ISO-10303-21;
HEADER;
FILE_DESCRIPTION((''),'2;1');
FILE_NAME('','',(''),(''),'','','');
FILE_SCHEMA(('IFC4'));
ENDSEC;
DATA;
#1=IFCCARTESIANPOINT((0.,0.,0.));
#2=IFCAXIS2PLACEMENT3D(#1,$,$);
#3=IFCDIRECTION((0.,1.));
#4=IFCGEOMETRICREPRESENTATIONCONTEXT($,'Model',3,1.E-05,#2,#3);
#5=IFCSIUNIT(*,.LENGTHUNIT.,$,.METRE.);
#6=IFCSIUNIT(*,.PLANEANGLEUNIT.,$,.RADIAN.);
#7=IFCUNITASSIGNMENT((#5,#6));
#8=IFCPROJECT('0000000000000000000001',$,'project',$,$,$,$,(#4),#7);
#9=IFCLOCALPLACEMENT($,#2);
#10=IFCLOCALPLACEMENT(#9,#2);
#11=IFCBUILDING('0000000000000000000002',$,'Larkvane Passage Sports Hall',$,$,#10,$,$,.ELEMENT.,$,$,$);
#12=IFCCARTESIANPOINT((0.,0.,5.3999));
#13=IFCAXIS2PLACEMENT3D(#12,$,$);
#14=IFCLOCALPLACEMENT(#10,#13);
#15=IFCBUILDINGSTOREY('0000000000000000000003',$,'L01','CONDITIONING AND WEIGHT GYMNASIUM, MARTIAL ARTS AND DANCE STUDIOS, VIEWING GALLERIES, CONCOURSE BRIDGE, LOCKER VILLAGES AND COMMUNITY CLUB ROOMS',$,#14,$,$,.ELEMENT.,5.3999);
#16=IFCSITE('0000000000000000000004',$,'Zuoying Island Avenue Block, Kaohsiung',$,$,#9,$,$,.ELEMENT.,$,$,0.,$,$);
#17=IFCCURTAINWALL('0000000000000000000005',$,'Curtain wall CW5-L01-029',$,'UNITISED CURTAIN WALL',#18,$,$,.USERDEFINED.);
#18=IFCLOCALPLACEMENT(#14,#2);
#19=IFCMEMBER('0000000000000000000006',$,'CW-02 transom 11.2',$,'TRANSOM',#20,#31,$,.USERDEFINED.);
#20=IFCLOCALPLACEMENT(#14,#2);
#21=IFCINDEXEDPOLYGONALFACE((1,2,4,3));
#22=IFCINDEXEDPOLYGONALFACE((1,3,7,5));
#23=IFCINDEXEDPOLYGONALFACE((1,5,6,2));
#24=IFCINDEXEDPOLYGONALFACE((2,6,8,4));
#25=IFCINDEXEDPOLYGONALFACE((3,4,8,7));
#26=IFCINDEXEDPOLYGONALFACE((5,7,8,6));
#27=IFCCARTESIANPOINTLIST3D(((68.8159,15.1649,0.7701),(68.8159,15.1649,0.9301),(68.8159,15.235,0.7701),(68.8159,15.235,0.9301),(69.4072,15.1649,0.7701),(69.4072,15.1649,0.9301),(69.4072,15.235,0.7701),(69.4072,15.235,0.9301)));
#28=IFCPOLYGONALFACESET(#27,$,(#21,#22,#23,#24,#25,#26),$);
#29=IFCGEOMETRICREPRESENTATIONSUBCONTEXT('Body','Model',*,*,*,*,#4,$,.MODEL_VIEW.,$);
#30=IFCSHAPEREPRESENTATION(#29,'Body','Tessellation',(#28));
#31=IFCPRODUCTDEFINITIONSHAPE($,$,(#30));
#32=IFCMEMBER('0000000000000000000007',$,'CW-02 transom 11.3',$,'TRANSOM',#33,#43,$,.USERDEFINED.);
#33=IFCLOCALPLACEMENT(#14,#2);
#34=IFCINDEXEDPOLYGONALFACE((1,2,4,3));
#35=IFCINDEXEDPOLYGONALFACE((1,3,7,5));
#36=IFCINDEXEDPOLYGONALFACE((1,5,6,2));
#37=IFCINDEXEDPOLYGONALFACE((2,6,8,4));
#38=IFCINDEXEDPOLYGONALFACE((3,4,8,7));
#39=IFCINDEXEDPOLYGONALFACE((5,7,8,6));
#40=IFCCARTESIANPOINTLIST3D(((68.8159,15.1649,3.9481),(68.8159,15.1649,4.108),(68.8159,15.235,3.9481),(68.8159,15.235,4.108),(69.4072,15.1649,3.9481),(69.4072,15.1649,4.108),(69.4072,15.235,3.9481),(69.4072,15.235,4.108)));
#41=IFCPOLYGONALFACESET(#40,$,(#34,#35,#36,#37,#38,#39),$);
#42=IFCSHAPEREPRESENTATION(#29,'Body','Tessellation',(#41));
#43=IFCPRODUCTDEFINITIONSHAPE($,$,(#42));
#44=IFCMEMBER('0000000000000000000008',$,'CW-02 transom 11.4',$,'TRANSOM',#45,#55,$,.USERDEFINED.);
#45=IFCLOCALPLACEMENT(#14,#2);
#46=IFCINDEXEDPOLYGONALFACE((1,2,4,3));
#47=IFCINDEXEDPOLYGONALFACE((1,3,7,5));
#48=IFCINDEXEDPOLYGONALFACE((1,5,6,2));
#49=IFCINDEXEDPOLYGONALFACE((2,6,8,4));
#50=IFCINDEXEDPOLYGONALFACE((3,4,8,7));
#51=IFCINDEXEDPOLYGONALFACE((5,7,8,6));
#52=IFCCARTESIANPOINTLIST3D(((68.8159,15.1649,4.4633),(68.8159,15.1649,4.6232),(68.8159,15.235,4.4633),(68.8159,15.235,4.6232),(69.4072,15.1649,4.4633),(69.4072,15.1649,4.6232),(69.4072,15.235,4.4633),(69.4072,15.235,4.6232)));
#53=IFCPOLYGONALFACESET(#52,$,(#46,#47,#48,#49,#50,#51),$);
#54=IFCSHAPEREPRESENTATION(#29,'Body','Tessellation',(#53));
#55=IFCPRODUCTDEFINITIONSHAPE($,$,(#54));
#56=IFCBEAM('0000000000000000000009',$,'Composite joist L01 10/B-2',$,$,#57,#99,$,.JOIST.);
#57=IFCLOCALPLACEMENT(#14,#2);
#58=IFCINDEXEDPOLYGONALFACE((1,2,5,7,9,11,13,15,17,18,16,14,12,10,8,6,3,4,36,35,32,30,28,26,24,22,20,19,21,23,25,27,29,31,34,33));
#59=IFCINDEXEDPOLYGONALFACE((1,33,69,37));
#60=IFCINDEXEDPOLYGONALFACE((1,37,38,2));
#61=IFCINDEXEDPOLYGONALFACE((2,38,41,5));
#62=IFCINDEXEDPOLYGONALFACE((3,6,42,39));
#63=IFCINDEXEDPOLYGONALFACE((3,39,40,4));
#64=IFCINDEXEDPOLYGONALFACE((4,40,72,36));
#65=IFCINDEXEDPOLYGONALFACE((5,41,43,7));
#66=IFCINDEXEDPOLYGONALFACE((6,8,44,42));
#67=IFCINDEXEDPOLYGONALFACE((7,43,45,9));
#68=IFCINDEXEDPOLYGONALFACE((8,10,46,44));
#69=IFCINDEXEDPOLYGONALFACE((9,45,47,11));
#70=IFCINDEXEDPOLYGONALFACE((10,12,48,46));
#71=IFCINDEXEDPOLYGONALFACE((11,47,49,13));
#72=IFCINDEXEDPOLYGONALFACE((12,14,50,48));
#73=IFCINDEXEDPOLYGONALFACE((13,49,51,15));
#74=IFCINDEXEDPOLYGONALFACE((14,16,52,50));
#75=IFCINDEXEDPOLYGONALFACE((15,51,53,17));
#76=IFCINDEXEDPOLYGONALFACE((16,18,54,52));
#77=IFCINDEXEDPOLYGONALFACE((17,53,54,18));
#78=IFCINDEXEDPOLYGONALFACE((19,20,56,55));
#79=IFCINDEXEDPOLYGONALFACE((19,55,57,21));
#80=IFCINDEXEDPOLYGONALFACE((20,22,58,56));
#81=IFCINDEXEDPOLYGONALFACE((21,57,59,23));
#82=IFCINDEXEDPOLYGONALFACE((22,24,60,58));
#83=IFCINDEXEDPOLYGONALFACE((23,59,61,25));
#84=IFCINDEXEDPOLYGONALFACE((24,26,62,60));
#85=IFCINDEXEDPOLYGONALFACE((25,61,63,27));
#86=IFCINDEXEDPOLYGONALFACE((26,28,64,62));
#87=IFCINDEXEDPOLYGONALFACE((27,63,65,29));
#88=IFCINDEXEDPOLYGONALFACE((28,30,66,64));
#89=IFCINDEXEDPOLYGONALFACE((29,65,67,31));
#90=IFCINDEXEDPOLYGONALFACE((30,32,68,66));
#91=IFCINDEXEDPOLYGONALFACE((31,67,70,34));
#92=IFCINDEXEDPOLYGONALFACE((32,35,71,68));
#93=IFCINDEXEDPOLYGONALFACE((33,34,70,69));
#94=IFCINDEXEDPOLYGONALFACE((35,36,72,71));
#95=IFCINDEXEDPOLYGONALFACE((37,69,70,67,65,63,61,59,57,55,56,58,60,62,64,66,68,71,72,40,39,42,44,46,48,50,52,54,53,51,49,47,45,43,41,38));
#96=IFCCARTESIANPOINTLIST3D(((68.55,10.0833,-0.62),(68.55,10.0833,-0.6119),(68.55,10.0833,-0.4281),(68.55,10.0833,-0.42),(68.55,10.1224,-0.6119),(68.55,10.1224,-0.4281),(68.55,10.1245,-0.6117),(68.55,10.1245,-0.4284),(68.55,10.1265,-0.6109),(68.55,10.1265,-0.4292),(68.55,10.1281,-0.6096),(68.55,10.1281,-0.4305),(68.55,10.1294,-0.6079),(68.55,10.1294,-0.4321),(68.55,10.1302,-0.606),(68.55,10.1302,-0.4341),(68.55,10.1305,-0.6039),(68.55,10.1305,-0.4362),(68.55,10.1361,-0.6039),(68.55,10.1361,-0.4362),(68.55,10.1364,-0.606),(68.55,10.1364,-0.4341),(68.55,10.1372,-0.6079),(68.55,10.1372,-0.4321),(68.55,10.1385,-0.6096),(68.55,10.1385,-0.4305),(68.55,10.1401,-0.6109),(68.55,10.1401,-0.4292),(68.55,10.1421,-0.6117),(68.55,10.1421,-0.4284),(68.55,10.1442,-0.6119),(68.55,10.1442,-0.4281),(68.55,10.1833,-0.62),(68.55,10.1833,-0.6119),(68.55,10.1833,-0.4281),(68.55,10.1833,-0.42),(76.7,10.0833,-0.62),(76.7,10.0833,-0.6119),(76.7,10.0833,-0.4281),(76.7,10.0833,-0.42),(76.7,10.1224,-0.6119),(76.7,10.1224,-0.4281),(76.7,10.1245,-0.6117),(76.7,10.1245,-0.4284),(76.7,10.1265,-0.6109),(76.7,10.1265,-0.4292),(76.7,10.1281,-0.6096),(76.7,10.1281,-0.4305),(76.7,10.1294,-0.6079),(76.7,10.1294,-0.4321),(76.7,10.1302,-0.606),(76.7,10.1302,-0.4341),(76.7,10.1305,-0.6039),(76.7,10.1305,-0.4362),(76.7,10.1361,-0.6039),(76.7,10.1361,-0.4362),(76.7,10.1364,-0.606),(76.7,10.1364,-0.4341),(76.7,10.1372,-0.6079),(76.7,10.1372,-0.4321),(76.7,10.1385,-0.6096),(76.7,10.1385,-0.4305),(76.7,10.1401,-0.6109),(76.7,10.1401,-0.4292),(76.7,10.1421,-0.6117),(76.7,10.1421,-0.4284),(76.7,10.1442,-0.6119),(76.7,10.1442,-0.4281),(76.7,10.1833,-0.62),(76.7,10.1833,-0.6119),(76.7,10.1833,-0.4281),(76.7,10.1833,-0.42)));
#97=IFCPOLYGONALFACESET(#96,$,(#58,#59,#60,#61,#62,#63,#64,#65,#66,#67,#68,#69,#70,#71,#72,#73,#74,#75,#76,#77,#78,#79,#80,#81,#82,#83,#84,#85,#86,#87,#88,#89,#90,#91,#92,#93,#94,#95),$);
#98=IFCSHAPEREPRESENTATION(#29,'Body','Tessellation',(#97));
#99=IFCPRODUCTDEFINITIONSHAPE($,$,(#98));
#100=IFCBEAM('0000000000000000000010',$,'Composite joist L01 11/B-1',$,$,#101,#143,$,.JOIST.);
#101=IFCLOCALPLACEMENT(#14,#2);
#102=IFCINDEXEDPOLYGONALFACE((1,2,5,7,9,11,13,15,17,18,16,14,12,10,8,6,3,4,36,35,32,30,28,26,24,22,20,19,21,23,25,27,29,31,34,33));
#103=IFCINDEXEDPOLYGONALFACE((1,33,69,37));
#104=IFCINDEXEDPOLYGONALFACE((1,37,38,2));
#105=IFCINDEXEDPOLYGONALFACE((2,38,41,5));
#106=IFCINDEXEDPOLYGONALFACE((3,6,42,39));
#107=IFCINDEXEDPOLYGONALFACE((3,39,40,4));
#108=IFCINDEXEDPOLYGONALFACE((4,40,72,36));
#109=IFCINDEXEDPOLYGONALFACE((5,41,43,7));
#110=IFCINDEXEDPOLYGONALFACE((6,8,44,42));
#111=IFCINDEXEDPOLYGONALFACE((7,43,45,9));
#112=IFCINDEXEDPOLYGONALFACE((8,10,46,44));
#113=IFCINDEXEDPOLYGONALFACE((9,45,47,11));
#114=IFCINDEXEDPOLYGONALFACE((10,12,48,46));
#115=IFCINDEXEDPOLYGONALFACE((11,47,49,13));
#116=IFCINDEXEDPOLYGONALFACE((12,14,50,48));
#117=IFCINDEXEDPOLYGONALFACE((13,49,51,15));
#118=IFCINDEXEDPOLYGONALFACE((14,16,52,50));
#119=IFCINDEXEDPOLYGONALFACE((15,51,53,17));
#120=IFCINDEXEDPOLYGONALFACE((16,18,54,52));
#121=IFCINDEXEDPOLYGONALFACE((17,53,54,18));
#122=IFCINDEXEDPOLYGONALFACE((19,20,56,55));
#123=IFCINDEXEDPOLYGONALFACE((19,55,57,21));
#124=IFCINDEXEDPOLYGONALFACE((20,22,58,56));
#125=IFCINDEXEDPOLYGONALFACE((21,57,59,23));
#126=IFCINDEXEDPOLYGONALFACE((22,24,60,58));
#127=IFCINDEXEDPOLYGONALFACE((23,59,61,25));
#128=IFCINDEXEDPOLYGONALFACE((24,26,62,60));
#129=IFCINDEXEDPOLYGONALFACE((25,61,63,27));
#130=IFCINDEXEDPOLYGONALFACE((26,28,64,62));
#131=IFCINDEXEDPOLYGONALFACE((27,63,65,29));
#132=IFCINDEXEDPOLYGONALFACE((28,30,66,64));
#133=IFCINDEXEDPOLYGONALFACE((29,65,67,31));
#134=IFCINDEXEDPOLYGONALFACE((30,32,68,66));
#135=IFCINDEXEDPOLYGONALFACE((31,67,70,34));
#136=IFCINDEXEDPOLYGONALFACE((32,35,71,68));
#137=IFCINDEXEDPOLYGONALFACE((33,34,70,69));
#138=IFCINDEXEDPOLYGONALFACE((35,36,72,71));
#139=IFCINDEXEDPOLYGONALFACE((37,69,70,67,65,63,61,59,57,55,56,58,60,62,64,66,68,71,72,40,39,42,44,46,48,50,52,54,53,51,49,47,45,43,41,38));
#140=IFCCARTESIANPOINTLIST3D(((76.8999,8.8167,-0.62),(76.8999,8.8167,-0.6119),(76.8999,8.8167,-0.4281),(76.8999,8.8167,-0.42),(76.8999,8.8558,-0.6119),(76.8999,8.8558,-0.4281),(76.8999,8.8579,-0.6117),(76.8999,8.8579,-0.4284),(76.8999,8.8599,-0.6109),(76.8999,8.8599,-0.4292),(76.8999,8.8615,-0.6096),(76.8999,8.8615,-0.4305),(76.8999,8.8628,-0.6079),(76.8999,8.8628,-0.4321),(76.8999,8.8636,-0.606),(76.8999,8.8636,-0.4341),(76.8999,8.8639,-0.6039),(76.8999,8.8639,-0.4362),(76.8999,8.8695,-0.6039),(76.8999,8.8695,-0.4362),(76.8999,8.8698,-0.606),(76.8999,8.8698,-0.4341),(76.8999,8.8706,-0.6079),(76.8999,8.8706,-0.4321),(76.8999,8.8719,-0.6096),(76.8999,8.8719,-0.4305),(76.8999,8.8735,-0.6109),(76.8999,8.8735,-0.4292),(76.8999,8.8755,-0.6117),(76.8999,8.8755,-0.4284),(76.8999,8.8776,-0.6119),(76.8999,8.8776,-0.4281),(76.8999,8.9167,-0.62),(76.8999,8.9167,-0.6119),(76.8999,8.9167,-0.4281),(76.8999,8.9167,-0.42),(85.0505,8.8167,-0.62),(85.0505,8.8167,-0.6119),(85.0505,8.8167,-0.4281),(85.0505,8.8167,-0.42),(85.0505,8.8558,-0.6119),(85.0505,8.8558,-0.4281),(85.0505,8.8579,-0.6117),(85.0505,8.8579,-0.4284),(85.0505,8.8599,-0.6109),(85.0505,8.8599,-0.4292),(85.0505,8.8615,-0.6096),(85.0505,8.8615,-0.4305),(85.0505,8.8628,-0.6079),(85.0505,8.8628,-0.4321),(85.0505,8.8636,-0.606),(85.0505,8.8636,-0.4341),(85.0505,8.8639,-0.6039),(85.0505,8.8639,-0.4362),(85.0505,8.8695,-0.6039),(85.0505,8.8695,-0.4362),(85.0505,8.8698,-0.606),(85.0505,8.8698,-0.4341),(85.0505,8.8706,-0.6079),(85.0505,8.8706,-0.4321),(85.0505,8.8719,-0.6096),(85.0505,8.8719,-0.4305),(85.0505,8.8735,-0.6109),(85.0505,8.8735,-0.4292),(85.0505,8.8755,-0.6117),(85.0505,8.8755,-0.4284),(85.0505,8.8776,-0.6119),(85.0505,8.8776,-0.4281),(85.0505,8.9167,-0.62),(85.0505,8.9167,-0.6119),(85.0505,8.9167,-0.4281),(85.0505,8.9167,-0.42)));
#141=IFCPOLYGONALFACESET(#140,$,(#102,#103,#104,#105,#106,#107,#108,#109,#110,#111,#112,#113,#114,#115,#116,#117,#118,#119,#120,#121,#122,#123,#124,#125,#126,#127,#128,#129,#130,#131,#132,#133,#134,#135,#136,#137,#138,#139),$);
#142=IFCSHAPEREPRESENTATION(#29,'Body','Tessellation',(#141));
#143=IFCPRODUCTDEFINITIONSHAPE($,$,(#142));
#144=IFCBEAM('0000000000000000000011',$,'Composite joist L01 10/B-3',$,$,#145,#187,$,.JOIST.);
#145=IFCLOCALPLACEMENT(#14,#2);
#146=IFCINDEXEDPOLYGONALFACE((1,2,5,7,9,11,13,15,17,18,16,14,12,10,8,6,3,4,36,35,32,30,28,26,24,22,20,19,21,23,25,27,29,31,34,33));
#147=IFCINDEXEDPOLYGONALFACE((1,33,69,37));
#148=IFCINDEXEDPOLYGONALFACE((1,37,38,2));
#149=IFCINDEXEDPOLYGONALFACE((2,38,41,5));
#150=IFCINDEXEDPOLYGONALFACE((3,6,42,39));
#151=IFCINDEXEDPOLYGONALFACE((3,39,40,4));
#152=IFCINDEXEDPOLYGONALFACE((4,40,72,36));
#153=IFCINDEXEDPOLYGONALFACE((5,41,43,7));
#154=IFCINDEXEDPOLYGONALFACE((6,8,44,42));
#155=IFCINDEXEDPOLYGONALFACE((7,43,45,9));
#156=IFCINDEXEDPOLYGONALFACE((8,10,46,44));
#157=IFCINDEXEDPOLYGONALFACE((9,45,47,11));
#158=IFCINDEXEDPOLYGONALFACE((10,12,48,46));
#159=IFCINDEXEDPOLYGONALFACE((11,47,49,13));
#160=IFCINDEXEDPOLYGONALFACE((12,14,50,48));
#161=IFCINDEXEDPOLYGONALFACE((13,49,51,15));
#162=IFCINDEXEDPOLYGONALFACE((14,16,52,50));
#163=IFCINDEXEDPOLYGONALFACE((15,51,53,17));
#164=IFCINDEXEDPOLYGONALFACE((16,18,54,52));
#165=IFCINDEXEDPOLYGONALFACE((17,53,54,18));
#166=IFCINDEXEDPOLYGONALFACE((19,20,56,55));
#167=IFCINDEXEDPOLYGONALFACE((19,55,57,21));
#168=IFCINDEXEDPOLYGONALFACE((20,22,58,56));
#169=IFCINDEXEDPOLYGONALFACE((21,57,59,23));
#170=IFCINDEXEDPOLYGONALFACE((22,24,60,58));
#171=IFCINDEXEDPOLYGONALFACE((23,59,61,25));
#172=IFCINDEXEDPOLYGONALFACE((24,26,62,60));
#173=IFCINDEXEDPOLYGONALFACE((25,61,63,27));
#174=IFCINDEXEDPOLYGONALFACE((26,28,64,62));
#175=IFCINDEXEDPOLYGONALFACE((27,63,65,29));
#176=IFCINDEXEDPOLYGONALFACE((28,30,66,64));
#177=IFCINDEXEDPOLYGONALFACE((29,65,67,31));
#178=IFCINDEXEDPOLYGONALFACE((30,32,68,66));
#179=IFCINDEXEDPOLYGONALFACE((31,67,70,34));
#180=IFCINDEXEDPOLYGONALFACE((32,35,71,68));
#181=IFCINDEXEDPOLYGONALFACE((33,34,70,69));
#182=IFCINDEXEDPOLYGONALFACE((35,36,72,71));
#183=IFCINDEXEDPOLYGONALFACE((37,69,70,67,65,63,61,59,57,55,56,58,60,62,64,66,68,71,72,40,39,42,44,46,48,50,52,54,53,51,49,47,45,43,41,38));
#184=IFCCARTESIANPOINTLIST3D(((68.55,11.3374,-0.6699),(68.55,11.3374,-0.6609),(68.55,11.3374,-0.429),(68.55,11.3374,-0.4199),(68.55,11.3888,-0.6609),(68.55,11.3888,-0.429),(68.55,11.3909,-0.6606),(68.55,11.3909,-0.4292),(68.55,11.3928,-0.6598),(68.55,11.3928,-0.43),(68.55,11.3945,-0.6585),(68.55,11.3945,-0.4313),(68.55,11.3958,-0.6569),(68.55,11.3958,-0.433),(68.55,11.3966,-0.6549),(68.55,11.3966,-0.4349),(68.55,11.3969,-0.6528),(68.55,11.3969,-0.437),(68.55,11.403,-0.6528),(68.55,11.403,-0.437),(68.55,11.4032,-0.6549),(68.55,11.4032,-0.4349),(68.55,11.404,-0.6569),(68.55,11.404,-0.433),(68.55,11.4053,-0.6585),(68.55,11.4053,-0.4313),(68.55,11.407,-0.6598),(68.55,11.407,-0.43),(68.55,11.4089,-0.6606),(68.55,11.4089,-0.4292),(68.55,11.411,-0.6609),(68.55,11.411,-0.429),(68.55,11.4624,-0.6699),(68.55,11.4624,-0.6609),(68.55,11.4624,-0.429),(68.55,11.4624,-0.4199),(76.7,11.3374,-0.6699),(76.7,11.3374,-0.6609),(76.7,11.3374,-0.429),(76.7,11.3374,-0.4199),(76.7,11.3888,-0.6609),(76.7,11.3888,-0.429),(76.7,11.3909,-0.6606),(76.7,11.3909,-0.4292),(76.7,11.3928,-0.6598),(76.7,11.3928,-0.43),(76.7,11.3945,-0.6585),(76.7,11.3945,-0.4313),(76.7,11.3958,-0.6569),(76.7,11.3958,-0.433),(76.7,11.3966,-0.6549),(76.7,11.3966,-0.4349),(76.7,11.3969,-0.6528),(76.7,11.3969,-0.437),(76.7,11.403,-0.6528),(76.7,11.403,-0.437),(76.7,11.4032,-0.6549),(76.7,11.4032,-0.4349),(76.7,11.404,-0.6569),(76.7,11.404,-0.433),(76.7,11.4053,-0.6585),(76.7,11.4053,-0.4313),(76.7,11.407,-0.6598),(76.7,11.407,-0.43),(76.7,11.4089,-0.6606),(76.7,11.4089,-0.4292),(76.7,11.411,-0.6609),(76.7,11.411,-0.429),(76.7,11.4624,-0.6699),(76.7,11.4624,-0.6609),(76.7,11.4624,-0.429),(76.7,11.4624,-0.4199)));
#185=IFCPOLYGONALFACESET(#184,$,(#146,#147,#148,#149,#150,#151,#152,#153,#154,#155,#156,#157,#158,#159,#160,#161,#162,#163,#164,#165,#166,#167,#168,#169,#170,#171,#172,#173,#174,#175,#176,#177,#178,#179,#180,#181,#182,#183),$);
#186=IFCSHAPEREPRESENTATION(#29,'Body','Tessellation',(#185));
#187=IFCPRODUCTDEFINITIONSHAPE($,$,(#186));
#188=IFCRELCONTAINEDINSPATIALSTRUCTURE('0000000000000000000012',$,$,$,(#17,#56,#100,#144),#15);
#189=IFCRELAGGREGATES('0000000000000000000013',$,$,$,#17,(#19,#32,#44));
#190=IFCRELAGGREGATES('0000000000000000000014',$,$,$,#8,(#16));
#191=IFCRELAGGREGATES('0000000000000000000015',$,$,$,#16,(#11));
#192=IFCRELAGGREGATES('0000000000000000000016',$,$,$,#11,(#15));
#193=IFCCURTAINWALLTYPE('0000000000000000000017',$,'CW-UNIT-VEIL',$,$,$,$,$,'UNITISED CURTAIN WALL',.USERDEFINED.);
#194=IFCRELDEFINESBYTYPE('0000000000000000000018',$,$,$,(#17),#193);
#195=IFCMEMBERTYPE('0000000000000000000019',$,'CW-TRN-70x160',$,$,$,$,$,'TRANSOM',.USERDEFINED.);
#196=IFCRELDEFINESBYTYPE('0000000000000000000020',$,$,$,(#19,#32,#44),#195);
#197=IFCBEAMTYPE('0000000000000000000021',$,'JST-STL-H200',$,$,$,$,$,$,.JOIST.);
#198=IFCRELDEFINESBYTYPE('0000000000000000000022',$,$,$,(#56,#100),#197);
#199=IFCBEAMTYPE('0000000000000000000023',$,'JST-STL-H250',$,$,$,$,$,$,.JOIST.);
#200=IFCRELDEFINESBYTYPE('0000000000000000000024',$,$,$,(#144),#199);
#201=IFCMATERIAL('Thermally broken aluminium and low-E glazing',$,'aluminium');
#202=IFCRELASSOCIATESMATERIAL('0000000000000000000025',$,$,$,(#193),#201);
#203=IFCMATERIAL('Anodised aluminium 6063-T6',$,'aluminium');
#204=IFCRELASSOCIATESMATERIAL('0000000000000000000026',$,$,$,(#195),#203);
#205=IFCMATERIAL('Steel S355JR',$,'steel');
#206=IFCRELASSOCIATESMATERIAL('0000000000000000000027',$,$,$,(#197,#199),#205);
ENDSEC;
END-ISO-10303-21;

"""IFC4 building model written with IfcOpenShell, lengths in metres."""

from ifc_helpers import new_model, si_unit, direction, frame, origin, origin_2d, place, context, subcontext, project, spatial, rectangle, i_section, extrude, material, material_profile, profile_set, type_object, element, aggregate, save


model = new_model("IFC4")

# Units and contexts
model_context = context("Model", 3, precision=1e-05, world=origin(), true_north=direction((0.0, 1.0)))
body_context = subcontext(model_context, "Body", "Model", "MODEL_VIEW")
ifc_project = project(units=[si_unit("LENGTHUNIT", "METRE"), si_unit("PLANEANGLEUNIT", "RADIAN")], contexts=[model_context])

# Site, building, storey
site_placement = place(None, origin())
site = spatial("IfcSite", under=ifc_project, at=site_placement, Name="Zuoying Island Avenue Block, Kaohsiung", CompositionType="ELEMENT", RefElevation=0.0)
building_placement = place(site_placement, origin())
building = spatial("IfcBuilding", under=site, at=building_placement, Name="Larkvane Passage Sports Hall", CompositionType="ELEMENT")
storey_placement = place(building_placement, frame((0.0, 0.0, 5.3999)))
storey = spatial("IfcBuildingStorey", under=building, at=storey_placement, Name="L01", Description="CONDITIONING AND WEIGHT GYMNASIUM, MARTIAL ARTS AND DANCE STUDIOS, VIEWING GALLERIES, CONCOURSE BRIDGE, LOCKER VILLAGES AND COMMUNITY CLUB ROOMS", CompositionType="ELEMENT", Elevation=5.3999)

# Shared definitions
ifc_material_1 = material(Name="Steel S355JR", Category="steel")

# Curtain wall, members
ifc_material_2 = material(Name="Thermally broken aluminium and low-E glazing", Category="aluminium")
curtain_wall_type = type_object("IfcCurtainWallType", Name="CW-UNIT-VEIL", ElementType="UNITISED CURTAIN WALL", PredefinedType="USERDEFINED", material=ifc_material_2)
curtain_wall_placement = place(storey_placement, origin())
curtain_wall = element("IfcCurtainWall", 1, at=curtain_wall_placement, inside=storey, type_object=curtain_wall_type, Name="Curtain wall CW5-L01-029", ObjectType="UNITISED CURTAIN WALL", PredefinedType="USERDEFINED")
ifc_material_3 = material(Name="Anodised aluminium 6063-T6", Category="aluminium")
ifc_material_profile_1 = material_profile(ifc_material_3, rectangle(XDim=0.0701, YDim=0.1599, at=origin_2d()), Name="ALU-TRN-70x160")
ifc_profile_set_1 = profile_set([ifc_material_profile_1], Name="Anodised aluminium 6063-T6")
member_type_1 = type_object("IfcMemberType", Name="CW-TRN-70x160", ElementType="TRANSOM", PredefinedType="USERDEFINED", material=ifc_profile_set_1)
member_1_placement = place(storey_placement, frame((69.4072, 15.2, 0.8501), z_axis=(-1.0, 0.0, 0.0), x_axis=(0.0, -1.0, 0.0)))
member_1 = element("IfcMember", 2, at=member_1_placement, type_object=member_type_1, Name="CW-02 transom 11.2", ObjectType="TRANSOM", PredefinedType="USERDEFINED", context=body_context, shape_type="SweptSolid", body=[
    extrude(rectangle(XDim=0.0701, YDim=0.1599, at=origin_2d()), origin(), (0.0, 0.0, 1.0), 0.5913),
])
member_2_placement = place(storey_placement, frame((69.4072, 15.2, 4.0281), z_axis=(-1.0, 0.0, 0.0), x_axis=(0.0, -1.0, 0.0)))
member_2 = element("IfcMember", 3, at=member_2_placement, type_object=member_type_1, Name="CW-02 transom 11.3", ObjectType="TRANSOM", PredefinedType="USERDEFINED", context=body_context, shape_type="SweptSolid", body=[
    extrude(rectangle(XDim=0.0701, YDim=0.1599, at=origin_2d()), origin(), (0.0, 0.0, 1.0), 0.5913),
])
member_3_placement = place(storey_placement, frame((69.4072, 15.2, 4.5432), z_axis=(-1.0, 0.0, 0.0), x_axis=(0.0, -1.0, 0.0)))
member_3 = element("IfcMember", 4, at=member_3_placement, type_object=member_type_1, Name="CW-02 transom 11.4", ObjectType="TRANSOM", PredefinedType="USERDEFINED", context=body_context, shape_type="SweptSolid", body=[
    extrude(rectangle(XDim=0.0701, YDim=0.1599, at=origin_2d()), origin(), (0.0, 0.0, 1.0), 0.5913),
])

# Beams
ifc_material_profile_2 = material_profile(ifc_material_1, i_section(OverallWidth=0.1001, OverallDepth=0.2, WebThickness=0.0056, FlangeThickness=0.0081, FilletRadius=0.0081, at=origin_2d()), Name="H-200x100x5.5x8")
ifc_profile_set_2 = profile_set([ifc_material_profile_2], Name="Steel S355JR")
beam_type_1 = type_object("IfcBeamType", Name="JST-STL-H200", PredefinedType="JOIST", material=ifc_profile_set_2)
beam_1_placement = place(storey_placement, frame((68.55, 10.1333, -0.52), z_axis=(1.0, 0.0, 0.0), x_axis=(0.0, 1.0, 0.0)))
element("IfcBeam", 5, at=beam_1_placement, inside=storey, type_object=beam_type_1, Name="Composite joist L01 10/B-2", PredefinedType="JOIST", context=body_context, shape_type="SweptSolid", body=[
    extrude(i_section(OverallWidth=0.1001, OverallDepth=0.2, WebThickness=0.0056, FlangeThickness=0.0081, FilletRadius=0.0081, at=origin_2d()), origin(), (0.0, 0.0, 1.0), 8.1499),
])
beam_2_placement = place(storey_placement, frame((76.8999, 8.8667, -0.52), z_axis=(1.0, 0.0, 0.0), x_axis=(0.0, 1.0, 0.0)))
element("IfcBeam", 6, at=beam_2_placement, inside=storey, type_object=beam_type_1, Name="Composite joist L01 11/B-1", PredefinedType="JOIST", context=body_context, shape_type="SweptSolid", body=[
    extrude(i_section(OverallWidth=0.1001, OverallDepth=0.2, WebThickness=0.0056, FlangeThickness=0.0081, FilletRadius=0.0081, at=origin_2d()), origin(), (0.0, 0.0, 1.0), 8.1506),
])
ifc_material_profile_3 = material_profile(ifc_material_1, i_section(OverallWidth=0.125, OverallDepth=0.25, WebThickness=0.0061, FlangeThickness=0.009, FilletRadius=0.0081, at=origin_2d()), Name="H-250x125x6x9")
ifc_profile_set_3 = profile_set([ifc_material_profile_3], Name="Steel S355JR")
beam_type_2 = type_object("IfcBeamType", Name="JST-STL-H250", PredefinedType="JOIST", material=ifc_profile_set_3)
beam_3_placement = place(storey_placement, frame((68.55, 11.3999, -0.5449), z_axis=(1.0, 0.0, 0.0), x_axis=(0.0, 1.0, 0.0)))
element("IfcBeam", 7, at=beam_3_placement, inside=storey, type_object=beam_type_2, Name="Composite joist L01 10/B-3", PredefinedType="JOIST", context=body_context, shape_type="SweptSolid", body=[
    extrude(i_section(OverallWidth=0.125, OverallDepth=0.25, WebThickness=0.0061, FlangeThickness=0.009, FilletRadius=0.0081, at=origin_2d()), origin(), (0.0, 0.0, 1.0), 8.1499),
])

aggregate(curtain_wall, [member_1, member_2, member_3])

save(model, "model.ifc")
